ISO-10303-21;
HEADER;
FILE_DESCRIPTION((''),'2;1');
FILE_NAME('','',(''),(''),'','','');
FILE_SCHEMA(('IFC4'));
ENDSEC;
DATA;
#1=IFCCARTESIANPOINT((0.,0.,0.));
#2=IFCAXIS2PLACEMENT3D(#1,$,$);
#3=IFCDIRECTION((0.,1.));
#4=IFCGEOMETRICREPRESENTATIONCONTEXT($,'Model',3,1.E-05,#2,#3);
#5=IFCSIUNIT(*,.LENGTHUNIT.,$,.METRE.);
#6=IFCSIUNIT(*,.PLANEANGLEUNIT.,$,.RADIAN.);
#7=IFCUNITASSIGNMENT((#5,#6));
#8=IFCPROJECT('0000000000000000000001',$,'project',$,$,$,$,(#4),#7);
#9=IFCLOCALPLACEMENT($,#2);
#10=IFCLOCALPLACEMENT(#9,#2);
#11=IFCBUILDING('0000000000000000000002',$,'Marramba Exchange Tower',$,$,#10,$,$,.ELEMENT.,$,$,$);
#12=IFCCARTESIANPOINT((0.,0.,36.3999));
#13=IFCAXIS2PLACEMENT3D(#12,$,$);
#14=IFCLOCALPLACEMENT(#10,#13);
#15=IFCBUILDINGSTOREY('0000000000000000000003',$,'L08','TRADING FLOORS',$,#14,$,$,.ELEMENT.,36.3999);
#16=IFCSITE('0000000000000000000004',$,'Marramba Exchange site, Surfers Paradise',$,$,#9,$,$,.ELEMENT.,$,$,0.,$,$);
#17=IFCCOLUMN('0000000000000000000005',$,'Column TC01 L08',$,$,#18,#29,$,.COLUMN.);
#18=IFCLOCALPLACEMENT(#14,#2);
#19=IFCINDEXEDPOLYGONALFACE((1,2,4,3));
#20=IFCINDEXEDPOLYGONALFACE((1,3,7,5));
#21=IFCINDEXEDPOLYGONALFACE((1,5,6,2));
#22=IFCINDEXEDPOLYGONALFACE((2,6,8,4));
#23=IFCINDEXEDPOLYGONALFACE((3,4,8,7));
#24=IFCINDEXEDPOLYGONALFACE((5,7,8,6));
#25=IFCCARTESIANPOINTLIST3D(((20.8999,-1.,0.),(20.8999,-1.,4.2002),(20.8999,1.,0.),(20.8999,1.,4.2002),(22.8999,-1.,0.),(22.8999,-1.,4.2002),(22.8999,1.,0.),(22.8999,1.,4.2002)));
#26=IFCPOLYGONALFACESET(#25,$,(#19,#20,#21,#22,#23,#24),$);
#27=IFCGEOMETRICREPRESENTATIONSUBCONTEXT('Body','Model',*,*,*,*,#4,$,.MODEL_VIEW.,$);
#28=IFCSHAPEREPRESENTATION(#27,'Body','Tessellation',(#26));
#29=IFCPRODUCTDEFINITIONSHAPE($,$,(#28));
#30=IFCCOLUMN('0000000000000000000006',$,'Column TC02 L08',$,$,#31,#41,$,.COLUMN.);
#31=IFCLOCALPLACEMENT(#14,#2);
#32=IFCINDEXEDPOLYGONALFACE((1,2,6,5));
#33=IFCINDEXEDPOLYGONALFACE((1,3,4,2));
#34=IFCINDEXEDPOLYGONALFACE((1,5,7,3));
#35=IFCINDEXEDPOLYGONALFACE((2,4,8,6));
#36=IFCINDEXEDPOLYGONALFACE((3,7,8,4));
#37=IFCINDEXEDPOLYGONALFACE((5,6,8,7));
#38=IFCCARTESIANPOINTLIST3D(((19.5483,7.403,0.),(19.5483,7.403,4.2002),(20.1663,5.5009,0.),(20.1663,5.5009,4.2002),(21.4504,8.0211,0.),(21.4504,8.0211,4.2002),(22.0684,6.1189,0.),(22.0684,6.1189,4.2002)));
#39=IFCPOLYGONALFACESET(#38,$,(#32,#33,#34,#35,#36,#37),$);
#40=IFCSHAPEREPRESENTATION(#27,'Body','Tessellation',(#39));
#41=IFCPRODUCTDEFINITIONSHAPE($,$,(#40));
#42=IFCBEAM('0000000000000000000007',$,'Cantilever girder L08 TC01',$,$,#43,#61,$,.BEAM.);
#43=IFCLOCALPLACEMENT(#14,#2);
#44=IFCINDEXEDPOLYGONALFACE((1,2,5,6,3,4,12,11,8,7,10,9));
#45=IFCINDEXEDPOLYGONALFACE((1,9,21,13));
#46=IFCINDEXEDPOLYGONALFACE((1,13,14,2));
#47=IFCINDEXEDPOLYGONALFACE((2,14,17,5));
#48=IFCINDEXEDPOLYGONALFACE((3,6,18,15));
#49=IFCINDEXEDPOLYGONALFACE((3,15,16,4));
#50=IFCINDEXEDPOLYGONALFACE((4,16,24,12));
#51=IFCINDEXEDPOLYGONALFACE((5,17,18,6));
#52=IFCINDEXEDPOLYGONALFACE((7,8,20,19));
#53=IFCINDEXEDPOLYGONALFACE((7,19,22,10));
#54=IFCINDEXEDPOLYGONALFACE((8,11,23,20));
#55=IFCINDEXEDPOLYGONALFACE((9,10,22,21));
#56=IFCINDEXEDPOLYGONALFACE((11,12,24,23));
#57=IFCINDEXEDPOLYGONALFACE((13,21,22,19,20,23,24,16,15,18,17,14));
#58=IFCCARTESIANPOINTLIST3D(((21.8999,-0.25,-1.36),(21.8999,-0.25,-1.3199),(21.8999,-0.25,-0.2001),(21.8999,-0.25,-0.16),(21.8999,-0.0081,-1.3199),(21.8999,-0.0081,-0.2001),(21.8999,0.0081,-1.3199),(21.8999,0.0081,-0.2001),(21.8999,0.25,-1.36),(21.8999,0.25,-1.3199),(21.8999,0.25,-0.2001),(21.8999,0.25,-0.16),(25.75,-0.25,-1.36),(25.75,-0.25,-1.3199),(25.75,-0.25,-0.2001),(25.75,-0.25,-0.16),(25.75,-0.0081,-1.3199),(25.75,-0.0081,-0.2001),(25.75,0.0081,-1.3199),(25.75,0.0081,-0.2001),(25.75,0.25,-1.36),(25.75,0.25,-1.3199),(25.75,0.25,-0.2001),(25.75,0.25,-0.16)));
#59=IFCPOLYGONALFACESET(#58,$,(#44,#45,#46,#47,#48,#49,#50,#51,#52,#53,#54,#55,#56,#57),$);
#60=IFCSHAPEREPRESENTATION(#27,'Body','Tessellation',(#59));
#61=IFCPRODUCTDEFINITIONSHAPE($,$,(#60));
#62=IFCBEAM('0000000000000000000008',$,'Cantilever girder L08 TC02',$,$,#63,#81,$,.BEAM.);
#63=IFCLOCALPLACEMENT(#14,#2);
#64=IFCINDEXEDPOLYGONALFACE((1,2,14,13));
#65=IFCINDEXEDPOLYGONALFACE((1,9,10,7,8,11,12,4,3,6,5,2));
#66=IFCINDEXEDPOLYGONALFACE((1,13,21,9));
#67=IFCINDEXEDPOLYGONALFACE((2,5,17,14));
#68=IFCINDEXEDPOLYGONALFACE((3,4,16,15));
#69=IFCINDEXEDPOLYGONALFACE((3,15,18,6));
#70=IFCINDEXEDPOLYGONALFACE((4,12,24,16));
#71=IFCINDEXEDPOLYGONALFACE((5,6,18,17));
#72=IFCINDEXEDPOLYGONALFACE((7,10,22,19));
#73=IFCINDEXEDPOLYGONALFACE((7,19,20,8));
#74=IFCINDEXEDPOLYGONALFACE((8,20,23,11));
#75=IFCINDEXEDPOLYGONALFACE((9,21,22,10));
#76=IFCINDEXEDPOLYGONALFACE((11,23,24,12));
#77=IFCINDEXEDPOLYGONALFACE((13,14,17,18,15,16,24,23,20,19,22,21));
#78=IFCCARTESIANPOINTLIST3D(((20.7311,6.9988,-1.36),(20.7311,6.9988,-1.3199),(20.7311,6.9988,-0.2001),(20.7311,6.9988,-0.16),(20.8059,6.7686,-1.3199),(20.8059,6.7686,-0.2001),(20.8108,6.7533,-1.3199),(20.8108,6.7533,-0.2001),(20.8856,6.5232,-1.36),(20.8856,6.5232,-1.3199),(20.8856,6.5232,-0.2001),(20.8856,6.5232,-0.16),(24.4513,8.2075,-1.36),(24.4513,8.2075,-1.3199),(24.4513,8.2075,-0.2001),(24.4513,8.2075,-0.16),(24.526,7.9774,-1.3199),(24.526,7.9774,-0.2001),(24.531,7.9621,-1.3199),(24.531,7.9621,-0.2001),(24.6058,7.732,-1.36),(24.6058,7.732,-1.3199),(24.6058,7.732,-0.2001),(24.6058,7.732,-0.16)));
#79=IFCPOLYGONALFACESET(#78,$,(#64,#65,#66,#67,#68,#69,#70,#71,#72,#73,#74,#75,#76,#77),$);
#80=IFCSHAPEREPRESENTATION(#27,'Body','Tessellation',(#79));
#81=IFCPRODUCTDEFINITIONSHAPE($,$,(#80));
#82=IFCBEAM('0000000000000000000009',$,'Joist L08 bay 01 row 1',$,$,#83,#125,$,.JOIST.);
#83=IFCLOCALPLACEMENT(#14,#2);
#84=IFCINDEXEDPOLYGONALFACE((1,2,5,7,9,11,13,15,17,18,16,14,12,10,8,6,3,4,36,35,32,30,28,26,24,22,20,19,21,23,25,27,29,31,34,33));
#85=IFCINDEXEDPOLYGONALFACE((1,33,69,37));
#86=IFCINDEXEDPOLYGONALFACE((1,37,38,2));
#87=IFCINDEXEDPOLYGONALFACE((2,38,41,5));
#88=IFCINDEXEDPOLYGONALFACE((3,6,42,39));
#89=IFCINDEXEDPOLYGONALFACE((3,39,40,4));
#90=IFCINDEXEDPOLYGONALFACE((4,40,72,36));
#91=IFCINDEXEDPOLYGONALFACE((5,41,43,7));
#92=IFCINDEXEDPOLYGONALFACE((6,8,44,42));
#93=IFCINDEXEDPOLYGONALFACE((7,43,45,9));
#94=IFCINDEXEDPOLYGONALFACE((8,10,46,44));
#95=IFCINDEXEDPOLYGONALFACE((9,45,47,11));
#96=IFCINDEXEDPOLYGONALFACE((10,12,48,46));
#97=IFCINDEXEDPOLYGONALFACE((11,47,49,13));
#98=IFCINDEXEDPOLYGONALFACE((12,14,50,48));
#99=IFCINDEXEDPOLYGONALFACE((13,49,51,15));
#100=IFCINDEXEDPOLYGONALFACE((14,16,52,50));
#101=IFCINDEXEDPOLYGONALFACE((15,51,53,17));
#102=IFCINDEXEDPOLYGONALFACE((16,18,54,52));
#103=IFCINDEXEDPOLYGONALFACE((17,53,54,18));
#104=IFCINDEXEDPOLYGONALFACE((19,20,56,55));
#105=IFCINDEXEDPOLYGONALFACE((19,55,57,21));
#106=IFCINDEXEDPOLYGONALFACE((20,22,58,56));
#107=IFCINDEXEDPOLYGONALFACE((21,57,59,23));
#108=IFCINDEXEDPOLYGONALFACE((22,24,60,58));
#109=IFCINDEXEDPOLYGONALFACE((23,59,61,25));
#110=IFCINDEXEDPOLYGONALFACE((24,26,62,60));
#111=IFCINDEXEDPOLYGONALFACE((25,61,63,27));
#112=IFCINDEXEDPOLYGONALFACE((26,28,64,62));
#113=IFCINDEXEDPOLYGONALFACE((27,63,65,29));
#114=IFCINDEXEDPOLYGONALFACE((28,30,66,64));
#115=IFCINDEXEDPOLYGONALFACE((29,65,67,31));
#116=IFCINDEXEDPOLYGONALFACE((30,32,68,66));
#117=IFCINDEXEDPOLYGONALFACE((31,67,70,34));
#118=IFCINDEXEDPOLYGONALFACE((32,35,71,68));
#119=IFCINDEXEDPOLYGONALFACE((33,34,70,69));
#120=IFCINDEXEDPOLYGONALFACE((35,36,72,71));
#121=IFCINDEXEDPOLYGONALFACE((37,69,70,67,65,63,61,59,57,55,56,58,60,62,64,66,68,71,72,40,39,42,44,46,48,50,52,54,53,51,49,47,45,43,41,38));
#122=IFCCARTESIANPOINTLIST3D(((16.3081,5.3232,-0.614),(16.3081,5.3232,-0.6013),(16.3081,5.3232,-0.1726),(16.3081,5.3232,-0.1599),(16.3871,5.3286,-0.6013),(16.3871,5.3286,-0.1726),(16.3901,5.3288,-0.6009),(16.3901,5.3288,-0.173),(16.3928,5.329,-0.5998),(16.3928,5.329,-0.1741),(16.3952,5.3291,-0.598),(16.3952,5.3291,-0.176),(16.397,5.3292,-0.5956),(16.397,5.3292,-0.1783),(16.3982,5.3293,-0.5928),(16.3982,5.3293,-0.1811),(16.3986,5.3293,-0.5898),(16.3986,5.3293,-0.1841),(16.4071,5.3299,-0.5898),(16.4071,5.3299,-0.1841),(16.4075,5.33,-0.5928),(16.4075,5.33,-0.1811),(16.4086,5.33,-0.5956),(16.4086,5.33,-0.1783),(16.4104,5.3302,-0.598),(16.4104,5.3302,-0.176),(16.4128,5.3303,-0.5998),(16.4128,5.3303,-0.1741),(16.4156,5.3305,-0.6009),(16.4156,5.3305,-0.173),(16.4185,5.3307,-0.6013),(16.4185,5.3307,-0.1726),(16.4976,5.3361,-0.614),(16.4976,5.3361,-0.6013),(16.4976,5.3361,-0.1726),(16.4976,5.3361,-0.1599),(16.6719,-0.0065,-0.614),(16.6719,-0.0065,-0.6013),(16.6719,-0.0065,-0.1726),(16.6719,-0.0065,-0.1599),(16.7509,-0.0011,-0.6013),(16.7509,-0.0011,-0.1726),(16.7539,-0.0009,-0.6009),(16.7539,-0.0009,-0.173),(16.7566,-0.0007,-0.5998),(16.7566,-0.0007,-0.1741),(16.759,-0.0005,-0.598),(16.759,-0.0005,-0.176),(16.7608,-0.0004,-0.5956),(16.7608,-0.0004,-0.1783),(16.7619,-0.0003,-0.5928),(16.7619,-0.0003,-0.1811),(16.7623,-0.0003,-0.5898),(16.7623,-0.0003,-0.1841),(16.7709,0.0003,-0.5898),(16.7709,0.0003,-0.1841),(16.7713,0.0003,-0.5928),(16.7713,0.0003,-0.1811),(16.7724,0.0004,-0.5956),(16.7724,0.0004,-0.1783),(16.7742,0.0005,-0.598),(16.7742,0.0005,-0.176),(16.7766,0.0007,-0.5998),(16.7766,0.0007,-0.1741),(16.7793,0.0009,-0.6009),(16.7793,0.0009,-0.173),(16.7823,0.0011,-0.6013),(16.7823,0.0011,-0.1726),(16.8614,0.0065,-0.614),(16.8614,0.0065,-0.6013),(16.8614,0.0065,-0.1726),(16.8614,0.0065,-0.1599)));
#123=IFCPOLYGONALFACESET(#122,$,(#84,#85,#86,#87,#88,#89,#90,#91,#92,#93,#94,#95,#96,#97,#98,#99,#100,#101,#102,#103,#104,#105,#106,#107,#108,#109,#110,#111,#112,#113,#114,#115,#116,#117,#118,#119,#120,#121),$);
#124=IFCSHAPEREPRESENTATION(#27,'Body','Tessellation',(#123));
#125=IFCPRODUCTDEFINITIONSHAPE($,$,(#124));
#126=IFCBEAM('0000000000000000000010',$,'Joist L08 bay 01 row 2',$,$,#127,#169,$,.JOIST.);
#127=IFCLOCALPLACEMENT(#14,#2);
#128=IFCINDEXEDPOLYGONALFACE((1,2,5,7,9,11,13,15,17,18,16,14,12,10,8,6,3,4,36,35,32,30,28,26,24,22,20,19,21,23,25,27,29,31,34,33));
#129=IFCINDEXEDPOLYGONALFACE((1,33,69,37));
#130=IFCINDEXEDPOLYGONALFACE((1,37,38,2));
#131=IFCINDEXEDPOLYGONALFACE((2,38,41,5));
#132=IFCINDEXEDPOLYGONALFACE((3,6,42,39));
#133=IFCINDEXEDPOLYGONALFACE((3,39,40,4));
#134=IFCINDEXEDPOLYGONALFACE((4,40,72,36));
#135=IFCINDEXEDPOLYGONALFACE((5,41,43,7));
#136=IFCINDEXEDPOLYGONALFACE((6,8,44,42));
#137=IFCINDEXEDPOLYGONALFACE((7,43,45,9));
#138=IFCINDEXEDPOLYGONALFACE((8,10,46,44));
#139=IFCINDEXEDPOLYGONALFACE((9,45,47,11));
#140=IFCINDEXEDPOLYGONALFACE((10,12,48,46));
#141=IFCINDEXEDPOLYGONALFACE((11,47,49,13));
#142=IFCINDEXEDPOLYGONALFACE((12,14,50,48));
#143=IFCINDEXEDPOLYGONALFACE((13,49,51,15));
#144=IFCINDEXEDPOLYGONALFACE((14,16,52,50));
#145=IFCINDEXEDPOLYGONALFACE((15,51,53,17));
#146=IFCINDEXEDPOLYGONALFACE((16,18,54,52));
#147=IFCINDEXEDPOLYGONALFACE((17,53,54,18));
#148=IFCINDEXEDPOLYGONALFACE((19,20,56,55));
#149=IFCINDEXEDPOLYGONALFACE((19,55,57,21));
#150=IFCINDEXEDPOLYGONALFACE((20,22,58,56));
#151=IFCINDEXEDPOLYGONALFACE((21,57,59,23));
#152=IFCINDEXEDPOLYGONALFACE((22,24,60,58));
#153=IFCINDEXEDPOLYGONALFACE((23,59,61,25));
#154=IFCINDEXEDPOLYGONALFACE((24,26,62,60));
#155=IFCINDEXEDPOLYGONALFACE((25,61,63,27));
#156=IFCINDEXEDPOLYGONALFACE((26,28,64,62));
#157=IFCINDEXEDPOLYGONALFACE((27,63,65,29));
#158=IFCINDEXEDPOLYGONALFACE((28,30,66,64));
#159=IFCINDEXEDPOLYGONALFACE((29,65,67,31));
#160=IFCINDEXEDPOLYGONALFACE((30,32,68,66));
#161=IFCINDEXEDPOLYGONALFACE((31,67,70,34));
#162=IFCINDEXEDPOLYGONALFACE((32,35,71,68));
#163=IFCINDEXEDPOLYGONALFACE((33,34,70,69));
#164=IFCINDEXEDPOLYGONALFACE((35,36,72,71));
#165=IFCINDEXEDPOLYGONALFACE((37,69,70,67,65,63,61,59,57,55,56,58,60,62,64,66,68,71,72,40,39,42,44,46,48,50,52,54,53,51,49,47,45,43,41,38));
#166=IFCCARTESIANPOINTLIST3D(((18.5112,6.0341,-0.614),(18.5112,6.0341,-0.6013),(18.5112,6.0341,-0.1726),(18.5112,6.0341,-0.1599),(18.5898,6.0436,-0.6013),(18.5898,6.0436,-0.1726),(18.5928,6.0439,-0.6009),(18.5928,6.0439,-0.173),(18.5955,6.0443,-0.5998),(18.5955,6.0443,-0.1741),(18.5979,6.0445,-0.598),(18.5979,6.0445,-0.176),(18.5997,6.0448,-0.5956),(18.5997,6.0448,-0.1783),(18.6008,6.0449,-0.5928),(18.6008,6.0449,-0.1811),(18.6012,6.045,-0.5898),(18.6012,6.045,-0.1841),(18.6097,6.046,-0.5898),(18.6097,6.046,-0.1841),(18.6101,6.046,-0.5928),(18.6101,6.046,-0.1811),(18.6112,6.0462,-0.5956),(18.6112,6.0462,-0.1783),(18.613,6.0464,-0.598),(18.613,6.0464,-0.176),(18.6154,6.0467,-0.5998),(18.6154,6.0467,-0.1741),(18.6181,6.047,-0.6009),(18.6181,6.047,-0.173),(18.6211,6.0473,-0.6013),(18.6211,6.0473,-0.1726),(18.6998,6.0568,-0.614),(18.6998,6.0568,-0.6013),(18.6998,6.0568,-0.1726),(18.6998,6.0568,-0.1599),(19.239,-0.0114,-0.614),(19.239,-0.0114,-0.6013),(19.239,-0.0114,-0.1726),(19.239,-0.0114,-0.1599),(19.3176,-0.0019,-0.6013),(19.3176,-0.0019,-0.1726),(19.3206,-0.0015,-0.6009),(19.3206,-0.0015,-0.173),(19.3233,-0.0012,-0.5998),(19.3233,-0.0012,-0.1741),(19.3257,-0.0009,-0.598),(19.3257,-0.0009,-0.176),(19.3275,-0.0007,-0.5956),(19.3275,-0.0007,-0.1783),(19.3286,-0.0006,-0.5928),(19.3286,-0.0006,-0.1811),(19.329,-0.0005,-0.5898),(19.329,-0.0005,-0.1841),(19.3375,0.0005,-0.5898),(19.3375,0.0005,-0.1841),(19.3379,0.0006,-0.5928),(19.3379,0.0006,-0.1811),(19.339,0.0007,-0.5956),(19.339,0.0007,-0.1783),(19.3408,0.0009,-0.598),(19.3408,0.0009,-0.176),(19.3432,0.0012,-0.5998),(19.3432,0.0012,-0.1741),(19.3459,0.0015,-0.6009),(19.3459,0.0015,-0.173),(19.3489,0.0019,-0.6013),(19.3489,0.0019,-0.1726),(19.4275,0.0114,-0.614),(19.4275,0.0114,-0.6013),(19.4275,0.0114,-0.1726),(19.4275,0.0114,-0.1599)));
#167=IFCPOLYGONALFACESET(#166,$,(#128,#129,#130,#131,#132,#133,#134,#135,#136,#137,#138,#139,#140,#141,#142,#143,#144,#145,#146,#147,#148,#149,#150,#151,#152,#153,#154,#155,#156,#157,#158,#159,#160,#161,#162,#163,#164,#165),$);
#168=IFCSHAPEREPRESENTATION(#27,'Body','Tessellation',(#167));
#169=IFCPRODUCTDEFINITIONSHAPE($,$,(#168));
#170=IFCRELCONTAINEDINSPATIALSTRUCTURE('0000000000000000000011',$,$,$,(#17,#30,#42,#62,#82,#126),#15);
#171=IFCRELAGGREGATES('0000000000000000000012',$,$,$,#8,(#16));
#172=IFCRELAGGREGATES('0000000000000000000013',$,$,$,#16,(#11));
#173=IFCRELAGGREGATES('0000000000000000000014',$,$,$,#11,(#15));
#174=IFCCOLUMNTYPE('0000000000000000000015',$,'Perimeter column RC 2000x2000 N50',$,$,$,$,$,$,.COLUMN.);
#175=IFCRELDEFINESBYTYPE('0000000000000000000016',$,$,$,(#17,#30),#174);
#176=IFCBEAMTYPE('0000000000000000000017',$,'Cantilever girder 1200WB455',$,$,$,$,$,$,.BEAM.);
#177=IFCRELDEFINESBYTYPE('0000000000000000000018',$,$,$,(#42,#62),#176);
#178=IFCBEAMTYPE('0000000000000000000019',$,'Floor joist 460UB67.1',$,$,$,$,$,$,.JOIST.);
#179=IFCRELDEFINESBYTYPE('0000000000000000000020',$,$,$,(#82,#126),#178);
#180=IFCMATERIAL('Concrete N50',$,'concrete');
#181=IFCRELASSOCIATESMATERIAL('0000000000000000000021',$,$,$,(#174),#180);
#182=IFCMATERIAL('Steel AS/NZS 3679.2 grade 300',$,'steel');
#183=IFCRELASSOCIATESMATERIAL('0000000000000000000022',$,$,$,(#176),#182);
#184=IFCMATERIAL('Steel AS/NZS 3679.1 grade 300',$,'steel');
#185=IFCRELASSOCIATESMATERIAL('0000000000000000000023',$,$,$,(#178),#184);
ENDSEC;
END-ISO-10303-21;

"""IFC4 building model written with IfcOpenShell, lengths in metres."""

from ifc_helpers import new_model, si_unit, direction, frame, origin, origin_2d, place, context, subcontext, project, spatial, rectangle, i_section, extrude, material, material_profile, profile_set, type_object, element, save


model = new_model("IFC4")

# Units and contexts
model_context = context("Model", 3, precision=1e-05, world=origin(), true_north=direction((0.0, 1.0)))
body_context = subcontext(model_context, "Body", "Model", "MODEL_VIEW")
ifc_project = project(units=[si_unit("LENGTHUNIT", "METRE"), si_unit("PLANEANGLEUNIT", "RADIAN")], contexts=[model_context])

# Site, building, storey
site_placement = place(None, origin())
site = spatial("IfcSite", under=ifc_project, at=site_placement, Name="Marramba Exchange site, Surfers Paradise", CompositionType="ELEMENT", RefElevation=0.0)
building_placement = place(site_placement, origin())
building = spatial("IfcBuilding", under=site, at=building_placement, Name="Marramba Exchange Tower", CompositionType="ELEMENT")
storey_placement = place(building_placement, frame((0.0, 0.0, 36.3999)))
storey = spatial("IfcBuildingStorey", under=building, at=storey_placement, Name="L08", Description="TRADING FLOORS", CompositionType="ELEMENT", Elevation=36.3999)

# Columns
ifc_material_1 = material(Name="Concrete N50", Category="concrete")
ifc_material_profile_1 = material_profile(ifc_material_1, rectangle(XDim=2.0, YDim=2.0, at=origin_2d()), Name="RC 2000x2000")
ifc_profile_set_1 = profile_set([ifc_material_profile_1], Name="Concrete N50")
column_type = type_object("IfcColumnType", Name="Perimeter column RC 2000x2000 N50", PredefinedType="COLUMN", material=ifc_profile_set_1)
for number, where, z_axis, x_axis, name in (
    (1, (21.8999, 0.0, 0.0), (0.0, 0.0, 1.0), (1.0, 0.0, 0.0), "Column TC01 L08"),
    (2, (20.8083, 6.761, 0.0), (0.0, 0.0, 1.0), (0.951057, 0.309017, 0.0), "Column TC02 L08"),
):
    element("IfcColumn", number, at=place(storey_placement, frame(where, z_axis=z_axis, x_axis=x_axis)), inside=storey, type_object=column_type, Name=name, PredefinedType="COLUMN", context=body_context, shape_type="SweptSolid", body=[
        extrude(rectangle(XDim=2.0, YDim=2.0, at=origin_2d()), origin(), (0.0, 0.0, 1.0), 4.2002),
    ])

# Beams
ifc_material_2 = material(Name="Steel AS/NZS 3679.2 grade 300", Category="steel")
ifc_material_profile_2 = material_profile(ifc_material_2, i_section(OverallWidth=0.5, OverallDepth=1.2, WebThickness=0.0161, FlangeThickness=0.04, at=origin_2d()), Name="1200WB455")
ifc_profile_set_2 = profile_set([ifc_material_profile_2], Name="Steel AS/NZS 3679.2 grade 300")
beam_type_1 = type_object("IfcBeamType", Name="Cantilever girder 1200WB455", PredefinedType="BEAM", material=ifc_profile_set_2)
beam_1_placement = place(storey_placement, frame((21.8999, 0.0, -0.76), z_axis=(1.0, 0.0, 0.0), x_axis=(0.0, 1.0, 0.0)))
element("IfcBeam", 3, at=beam_1_placement, inside=storey, type_object=beam_type_1, Name="Cantilever girder L08 TC01", PredefinedType="BEAM", context=body_context, shape_type="SweptSolid", body=[
    extrude(i_section(OverallWidth=0.5, OverallDepth=1.2, WebThickness=0.0161, FlangeThickness=0.04, at=origin_2d()), origin(), (0.0, 0.0, 1.0), 3.8501),
])
beam_2_placement = place(storey_placement, frame((20.8083, 6.761, -0.76), z_axis=(0.951059, 0.30901, 0.0), x_axis=(-0.30901, 0.951059, 0.0)))
element("IfcBeam", 4, at=beam_2_placement, inside=storey, type_object=beam_type_1, Name="Cantilever girder L08 TC02", PredefinedType="BEAM", context=body_context, shape_type="SweptSolid", body=[
    extrude(i_section(OverallWidth=0.5, OverallDepth=1.2, WebThickness=0.0161, FlangeThickness=0.04, at=origin_2d()), origin(), (0.0, 0.0, 1.0), 3.9116),
])
ifc_material_3 = material(Name="Steel AS/NZS 3679.1 grade 300", Category="steel")
ifc_material_profile_3 = material_profile(ifc_material_3, i_section(OverallWidth=0.1899, OverallDepth=0.4541, WebThickness=0.0085, FlangeThickness=0.0127, FilletRadius=0.0115, at=origin_2d()), Name="460UB67.1")
ifc_profile_set_3 = profile_set([ifc_material_profile_3], Name="Steel AS/NZS 3679.1 grade 300")
beam_type_2 = type_object("IfcBeamType", Name="Floor joist 460UB67.1", PredefinedType="JOIST", material=ifc_profile_set_3)
beam_3_placement = place(storey_placement, frame((16.7666, 0.0, -0.387), z_axis=(-0.068096, 0.997679, 0.0), x_axis=(-0.997679, -0.068096, 0.0)))
element("IfcBeam", 5, at=beam_3_placement, inside=storey, type_object=beam_type_2, Name="Joist L08 bay 01 row 1", PredefinedType="JOIST", context=body_context, shape_type="SweptSolid", body=[
    extrude(i_section(OverallWidth=0.1899, OverallDepth=0.4541, WebThickness=0.0085, FlangeThickness=0.0127, FilletRadius=0.0115, at=origin_2d()), origin(), (0.0, 0.0, 1.0), 5.342),
])
beam_4_placement = place(storey_placement, frame((19.3333, 0.0, -0.387), z_axis=(-0.119523, 0.992831, 0.0), x_axis=(-0.992831, -0.119523, 0.0)))
element("IfcBeam", 6, at=beam_4_placement, inside=storey, type_object=beam_type_2, Name="Joist L08 bay 01 row 2", PredefinedType="JOIST", context=body_context, shape_type="SweptSolid", body=[
    extrude(i_section(OverallWidth=0.1899, OverallDepth=0.4541, WebThickness=0.0085, FlangeThickness=0.0127, FilletRadius=0.0115, at=origin_2d()), origin(), (0.0, 0.0, 1.0), 6.0891),
])

save(model, "model.ifc")
